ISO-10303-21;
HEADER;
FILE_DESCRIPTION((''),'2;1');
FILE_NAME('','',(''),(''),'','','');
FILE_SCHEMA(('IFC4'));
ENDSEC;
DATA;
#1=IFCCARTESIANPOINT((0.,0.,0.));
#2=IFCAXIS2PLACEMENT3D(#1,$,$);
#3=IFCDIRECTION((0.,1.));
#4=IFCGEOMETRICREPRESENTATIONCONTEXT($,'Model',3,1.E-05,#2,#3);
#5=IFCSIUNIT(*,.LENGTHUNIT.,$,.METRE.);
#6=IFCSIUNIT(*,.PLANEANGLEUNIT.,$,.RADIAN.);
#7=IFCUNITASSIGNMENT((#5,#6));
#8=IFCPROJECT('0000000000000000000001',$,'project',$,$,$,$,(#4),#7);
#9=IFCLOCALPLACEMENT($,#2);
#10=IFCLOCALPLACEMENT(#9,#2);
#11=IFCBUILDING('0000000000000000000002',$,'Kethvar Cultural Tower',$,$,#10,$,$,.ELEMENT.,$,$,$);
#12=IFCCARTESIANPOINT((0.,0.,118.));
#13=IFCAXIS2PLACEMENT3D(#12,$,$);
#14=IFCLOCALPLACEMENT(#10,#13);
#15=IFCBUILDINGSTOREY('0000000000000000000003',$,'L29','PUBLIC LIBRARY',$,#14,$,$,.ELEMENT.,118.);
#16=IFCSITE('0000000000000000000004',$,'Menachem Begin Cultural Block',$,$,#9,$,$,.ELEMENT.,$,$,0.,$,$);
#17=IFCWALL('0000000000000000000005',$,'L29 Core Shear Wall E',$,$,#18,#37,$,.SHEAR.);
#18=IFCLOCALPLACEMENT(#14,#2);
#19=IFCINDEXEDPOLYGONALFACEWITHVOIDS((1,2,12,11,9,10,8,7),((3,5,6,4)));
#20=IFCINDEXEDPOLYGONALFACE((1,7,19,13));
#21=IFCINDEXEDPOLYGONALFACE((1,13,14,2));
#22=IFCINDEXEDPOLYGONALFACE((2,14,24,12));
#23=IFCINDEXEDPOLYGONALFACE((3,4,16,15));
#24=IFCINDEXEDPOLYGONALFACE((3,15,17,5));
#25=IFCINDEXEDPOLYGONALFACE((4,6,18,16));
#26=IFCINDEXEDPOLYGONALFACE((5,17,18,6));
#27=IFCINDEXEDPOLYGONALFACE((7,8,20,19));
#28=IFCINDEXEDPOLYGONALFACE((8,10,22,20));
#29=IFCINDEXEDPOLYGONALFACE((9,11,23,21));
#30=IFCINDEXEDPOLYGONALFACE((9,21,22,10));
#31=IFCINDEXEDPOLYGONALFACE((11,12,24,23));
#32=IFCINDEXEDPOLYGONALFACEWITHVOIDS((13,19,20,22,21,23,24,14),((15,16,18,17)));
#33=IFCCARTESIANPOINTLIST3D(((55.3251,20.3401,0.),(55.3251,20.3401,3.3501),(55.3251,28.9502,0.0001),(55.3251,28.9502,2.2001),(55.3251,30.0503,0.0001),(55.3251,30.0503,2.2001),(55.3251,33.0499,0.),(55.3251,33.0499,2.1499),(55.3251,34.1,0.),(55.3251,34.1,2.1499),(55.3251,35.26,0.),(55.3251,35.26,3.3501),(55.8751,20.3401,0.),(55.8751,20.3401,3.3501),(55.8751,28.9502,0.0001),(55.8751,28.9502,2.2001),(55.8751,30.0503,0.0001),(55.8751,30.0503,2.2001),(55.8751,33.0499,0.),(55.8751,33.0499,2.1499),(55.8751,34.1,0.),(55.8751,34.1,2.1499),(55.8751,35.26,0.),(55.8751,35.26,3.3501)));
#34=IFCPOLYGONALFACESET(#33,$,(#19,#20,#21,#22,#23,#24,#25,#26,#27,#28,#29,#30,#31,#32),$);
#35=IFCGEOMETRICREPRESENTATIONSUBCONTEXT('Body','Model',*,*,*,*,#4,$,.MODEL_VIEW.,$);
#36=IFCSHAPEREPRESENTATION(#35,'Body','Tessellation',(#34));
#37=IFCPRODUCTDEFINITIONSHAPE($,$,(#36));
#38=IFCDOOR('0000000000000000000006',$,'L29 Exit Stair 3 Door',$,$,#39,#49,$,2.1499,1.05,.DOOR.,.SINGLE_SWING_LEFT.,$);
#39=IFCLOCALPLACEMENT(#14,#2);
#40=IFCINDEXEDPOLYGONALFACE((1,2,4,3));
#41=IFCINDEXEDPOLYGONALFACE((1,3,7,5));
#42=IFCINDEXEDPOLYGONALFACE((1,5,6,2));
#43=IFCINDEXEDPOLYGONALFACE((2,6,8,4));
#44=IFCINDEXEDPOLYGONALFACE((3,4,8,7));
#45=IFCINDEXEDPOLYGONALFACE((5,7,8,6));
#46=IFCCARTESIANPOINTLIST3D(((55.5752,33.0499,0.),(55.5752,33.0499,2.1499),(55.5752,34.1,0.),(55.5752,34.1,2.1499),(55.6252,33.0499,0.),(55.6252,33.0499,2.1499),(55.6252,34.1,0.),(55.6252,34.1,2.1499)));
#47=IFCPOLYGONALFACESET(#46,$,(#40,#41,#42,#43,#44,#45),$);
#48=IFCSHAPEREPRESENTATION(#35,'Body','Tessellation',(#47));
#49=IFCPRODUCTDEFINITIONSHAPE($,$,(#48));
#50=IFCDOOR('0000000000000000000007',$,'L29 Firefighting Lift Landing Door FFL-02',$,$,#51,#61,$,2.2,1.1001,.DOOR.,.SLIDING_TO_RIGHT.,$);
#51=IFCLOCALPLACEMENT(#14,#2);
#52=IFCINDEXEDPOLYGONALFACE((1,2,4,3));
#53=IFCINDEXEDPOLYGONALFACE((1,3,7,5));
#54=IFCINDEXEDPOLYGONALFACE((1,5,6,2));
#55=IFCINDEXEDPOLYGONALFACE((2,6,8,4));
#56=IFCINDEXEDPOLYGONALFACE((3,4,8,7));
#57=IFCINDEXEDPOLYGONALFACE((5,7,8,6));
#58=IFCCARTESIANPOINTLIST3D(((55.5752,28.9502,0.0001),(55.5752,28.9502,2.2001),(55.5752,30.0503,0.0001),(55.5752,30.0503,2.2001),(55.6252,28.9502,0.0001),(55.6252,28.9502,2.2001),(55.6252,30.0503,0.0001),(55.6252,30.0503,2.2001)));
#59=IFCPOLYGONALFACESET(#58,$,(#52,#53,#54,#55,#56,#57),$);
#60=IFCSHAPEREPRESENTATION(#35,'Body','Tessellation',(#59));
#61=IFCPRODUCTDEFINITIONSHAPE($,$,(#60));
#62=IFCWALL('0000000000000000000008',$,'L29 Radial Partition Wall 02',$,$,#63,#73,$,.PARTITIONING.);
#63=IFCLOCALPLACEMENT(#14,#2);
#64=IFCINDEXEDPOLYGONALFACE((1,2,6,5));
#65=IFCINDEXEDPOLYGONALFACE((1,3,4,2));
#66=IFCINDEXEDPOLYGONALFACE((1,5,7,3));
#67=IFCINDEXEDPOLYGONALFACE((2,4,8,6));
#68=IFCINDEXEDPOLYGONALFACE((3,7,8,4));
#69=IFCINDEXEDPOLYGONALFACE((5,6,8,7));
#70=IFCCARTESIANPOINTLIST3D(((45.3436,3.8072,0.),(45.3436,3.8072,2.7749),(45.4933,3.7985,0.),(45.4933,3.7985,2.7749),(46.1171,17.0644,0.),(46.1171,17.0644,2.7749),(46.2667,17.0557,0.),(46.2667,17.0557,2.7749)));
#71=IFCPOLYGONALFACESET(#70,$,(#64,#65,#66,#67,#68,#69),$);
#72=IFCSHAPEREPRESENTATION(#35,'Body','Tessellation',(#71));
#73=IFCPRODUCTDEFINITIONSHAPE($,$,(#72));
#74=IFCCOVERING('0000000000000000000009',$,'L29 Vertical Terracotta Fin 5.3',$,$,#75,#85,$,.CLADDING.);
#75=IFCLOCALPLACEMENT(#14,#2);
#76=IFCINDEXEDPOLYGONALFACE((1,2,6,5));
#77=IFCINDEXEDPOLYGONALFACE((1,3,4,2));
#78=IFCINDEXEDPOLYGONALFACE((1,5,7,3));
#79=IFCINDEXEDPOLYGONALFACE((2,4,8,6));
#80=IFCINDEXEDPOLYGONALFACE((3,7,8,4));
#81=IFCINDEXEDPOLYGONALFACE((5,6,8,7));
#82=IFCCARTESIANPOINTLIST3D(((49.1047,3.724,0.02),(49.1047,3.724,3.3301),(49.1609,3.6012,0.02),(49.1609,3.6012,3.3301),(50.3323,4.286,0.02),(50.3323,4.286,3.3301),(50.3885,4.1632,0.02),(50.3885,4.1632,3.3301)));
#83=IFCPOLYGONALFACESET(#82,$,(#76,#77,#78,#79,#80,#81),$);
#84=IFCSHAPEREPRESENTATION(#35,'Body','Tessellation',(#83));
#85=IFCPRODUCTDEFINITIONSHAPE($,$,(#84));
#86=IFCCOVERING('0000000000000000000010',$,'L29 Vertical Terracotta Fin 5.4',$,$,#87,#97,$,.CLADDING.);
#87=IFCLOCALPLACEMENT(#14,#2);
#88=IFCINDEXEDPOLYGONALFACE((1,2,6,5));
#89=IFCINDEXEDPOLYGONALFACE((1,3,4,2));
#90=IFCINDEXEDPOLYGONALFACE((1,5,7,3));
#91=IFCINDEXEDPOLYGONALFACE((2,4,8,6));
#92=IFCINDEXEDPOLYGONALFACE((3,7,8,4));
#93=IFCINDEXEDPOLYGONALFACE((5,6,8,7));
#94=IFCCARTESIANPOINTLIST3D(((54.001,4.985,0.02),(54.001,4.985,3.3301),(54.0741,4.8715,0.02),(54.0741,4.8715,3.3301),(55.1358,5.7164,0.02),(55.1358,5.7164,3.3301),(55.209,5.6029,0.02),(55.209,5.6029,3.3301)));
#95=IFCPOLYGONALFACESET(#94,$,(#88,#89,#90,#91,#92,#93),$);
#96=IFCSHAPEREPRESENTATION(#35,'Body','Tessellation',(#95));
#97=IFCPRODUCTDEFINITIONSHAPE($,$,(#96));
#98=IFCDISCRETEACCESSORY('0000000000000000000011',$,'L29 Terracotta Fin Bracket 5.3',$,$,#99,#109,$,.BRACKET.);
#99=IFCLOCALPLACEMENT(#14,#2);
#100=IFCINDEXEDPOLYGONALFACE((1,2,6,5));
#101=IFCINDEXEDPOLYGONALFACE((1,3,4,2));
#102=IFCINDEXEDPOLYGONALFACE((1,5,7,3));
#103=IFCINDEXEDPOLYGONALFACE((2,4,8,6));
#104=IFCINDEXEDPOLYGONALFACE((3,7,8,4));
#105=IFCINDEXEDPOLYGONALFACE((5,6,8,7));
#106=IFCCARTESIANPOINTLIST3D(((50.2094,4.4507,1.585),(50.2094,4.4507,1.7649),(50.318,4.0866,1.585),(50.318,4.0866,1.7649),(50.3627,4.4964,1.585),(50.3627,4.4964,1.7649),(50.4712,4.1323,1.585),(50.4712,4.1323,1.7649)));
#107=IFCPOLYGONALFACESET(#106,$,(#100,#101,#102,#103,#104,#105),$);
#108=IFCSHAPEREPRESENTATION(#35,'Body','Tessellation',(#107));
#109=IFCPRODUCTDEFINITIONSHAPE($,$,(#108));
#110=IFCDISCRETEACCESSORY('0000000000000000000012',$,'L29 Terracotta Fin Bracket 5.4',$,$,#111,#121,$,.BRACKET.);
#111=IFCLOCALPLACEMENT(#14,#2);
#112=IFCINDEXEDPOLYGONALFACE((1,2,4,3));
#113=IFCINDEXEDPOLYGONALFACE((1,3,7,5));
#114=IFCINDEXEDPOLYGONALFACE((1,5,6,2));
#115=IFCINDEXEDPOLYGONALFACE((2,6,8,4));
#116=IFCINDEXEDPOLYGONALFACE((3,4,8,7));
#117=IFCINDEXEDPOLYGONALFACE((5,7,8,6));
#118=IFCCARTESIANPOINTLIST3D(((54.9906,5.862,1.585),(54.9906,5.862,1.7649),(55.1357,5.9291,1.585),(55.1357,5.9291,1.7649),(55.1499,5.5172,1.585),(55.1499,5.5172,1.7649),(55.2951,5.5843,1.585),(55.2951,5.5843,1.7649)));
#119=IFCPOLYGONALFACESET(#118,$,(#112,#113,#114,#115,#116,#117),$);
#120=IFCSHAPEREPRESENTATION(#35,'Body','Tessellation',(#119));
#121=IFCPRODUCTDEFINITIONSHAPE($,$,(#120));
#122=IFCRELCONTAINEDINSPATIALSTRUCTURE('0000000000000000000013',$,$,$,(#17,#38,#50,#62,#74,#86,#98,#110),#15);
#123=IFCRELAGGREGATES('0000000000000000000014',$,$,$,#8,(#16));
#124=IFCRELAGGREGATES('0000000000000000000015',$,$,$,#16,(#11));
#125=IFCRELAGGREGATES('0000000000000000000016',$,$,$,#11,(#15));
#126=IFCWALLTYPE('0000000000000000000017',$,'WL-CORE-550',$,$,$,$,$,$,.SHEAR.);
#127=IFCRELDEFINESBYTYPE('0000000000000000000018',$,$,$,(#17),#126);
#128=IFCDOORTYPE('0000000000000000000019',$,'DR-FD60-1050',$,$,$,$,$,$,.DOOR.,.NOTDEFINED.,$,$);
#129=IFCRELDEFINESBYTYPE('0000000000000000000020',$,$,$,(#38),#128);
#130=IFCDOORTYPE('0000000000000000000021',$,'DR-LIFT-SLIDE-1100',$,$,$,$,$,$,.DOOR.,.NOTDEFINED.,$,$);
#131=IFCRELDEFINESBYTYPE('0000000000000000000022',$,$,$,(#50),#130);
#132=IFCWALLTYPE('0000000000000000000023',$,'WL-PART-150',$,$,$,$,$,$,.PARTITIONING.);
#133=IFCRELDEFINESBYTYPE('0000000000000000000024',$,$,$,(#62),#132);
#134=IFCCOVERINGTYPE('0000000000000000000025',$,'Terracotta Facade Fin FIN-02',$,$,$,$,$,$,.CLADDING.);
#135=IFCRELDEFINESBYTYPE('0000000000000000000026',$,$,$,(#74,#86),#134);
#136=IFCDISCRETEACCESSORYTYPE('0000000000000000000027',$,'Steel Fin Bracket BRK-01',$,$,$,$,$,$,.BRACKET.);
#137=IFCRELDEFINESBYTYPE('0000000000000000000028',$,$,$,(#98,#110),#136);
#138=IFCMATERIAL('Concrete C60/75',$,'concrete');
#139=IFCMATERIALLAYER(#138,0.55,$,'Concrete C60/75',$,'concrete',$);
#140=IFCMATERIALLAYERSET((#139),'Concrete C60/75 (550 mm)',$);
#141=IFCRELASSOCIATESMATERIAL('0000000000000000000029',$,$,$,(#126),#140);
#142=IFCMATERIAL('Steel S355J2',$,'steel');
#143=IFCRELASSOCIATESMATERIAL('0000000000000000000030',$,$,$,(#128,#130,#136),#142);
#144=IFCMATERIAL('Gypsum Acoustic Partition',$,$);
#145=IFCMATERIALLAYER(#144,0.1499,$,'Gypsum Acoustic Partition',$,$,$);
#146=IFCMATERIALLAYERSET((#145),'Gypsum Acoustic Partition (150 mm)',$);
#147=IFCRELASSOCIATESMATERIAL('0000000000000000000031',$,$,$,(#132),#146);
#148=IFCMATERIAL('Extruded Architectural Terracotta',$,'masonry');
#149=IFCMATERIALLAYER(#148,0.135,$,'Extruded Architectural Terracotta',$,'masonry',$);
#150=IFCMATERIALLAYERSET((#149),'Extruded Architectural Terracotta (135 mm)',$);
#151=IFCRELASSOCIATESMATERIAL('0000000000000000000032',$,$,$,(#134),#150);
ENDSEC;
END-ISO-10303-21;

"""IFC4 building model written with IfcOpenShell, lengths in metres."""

from ifc_helpers import new_model, si_unit, direction, frame, frame_2d, origin, origin_2d, place, context, subcontext, project, spatial, rectangle, extrude, source, transform, mapped, material, layer, layer_set, type_object, element, fill, save


model = new_model("IFC4")

# Units and contexts
model_context = context("Model", 3, precision=1e-05, world=origin(), true_north=direction((0.0, 1.0)))
body_context = subcontext(model_context, "Body", "Model", "MODEL_VIEW")
ifc_project = project(units=[si_unit("LENGTHUNIT", "METRE"), si_unit("PLANEANGLEUNIT", "RADIAN")], contexts=[model_context])

# Site, building, storey
site_placement = place(None, origin())
site = spatial("IfcSite", under=ifc_project, at=site_placement, Name="Menachem Begin Cultural Block", CompositionType="ELEMENT", RefElevation=0.0)
building_placement = place(site_placement, origin())
building = spatial("IfcBuilding", under=site, at=building_placement, Name="Kethvar Cultural Tower", CompositionType="ELEMENT")
storey_placement = place(building_placement, frame((0.0, 0.0, 118.0)))
storey = spatial("IfcBuildingStorey", under=building, at=storey_placement, Name="L29", Description="PUBLIC LIBRARY", CompositionType="ELEMENT", Elevation=118.0)

# Shared definitions
ifc_material_1 = material(Name="Steel S355J2", Category="steel")

# Wall, openings, doors
ifc_material_2 = material(Name="Concrete C60/75", Category="concrete")
ifc_layer_1 = layer(ifc_material_2, 0.55, Name="Concrete C60/75", Category="concrete")
ifc_layer_set_1 = layer_set([ifc_layer_1], Name="Concrete C60/75 (550 mm)")
wall_type_1 = type_object("IfcWallType", Name="WL-CORE-550", PredefinedType="SHEAR", material=ifc_layer_set_1)
wall_1_placement = place(storey_placement, frame((55.6001, 20.3401, 0.0), z_axis=(0.0, 0.0, 1.0), x_axis=(0.0, 1.0, 0.0)))
wall_1 = element("IfcWall", 1, at=wall_1_placement, inside=storey, type_object=wall_type_1, Name="L29 Core Shear Wall E", PredefinedType="SHEAR", context=body_context, shape_type="SweptSolid", body=[
    extrude(rectangle(XDim=14.9199, YDim=0.55, at=frame_2d((7.46, 0.0))), origin(), (0.0, 0.0, 1.0), 3.3501),
])
opening_1_placement = place(wall_1_placement, frame((12.71, 0.0, 0.0)))
opening_1 = element("IfcOpeningElement", 2, at=opening_1_placement, cuts=wall_1, PredefinedType="OPENING", context=body_context, shape_type="SweptSolid", body=[
    extrude(rectangle(XDim=1.05, YDim=2.1499, at=frame_2d((0.5249, 1.075))), frame((0.0, 0.2849, 0.0), z_axis=(0.0, -1.0, 0.0), x_axis=(1.0, 0.0, 0.0)), (0.0, 0.0, 1.0), 0.5701),
])
opening_2_placement = place(wall_1_placement, frame((8.6101, 0.0, 0.0)))
opening_2 = element("IfcOpeningElement", 3, at=opening_2_placement, cuts=wall_1, PredefinedType="OPENING", context=body_context, shape_type="SweptSolid", body=[
    extrude(rectangle(XDim=1.1001, YDim=2.2, at=frame_2d((0.55, 1.1001))), frame((0.0, 0.2849, 0.0), z_axis=(0.0, -1.0, 0.0), x_axis=(1.0, 0.0, 0.0)), (0.0, 0.0, 1.0), 0.5701),
])
door_type_1 = type_object("IfcDoorType", Name="DR-FD60-1050", OperationType="NOTDEFINED", PredefinedType="DOOR", material=ifc_material_1)
shared_shape_1 = source(origin(), body_context, "Body", "SweptSolid", [
    extrude(rectangle(XDim=1.05, YDim=2.1499, at=frame_2d((0.5249, 1.075))), frame((0.0, 0.0249, 0.0), z_axis=(0.0, -1.0, 0.0), x_axis=(1.0, 0.0, 0.0)), (0.0, 0.0, 1.0), 0.05),
])
door_1_placement = place(opening_1_placement, origin())
door_1 = element("IfcDoor", 4, at=door_1_placement, inside=storey, type_object=door_type_1, Name="L29 Exit Stair 3 Door", OperationType="SINGLE_SWING_LEFT", OverallHeight=2.1499, OverallWidth=1.05, PredefinedType="DOOR", context=body_context, shape_type="MappedRepresentation", body=[
    mapped(shared_shape_1, transform((0.0, 0.0, 0.0), scale=1.0)),
])
fill(opening_1, door_1)
door_type_2 = type_object("IfcDoorType", Name="DR-LIFT-SLIDE-1100", OperationType="NOTDEFINED", PredefinedType="DOOR", material=ifc_material_1)
shared_shape_2 = source(origin(), body_context, "Body", "SweptSolid", [
    extrude(rectangle(XDim=1.1001, YDim=2.2, at=frame_2d((0.55, 1.1001))), frame((0.0, 0.0249, 0.0), z_axis=(0.0, -1.0, 0.0), x_axis=(1.0, 0.0, 0.0)), (0.0, 0.0, 1.0), 0.05),
])
door_2_placement = place(opening_2_placement, origin())
door_2 = element("IfcDoor", 5, at=door_2_placement, inside=storey, type_object=door_type_2, Name="L29 Firefighting Lift Landing Door FFL-02", OperationType="SLIDING_TO_RIGHT", OverallHeight=2.2, OverallWidth=1.1001, PredefinedType="DOOR", context=body_context, shape_type="MappedRepresentation", body=[
    mapped(shared_shape_2, transform((0.0, 0.0, 0.0), scale=1.0)),
])
fill(opening_2, door_2)

# Wall
ifc_material_3 = material(Name="Gypsum Acoustic Partition")
ifc_layer_2 = layer(ifc_material_3, 0.1499, Name="Gypsum Acoustic Partition")
ifc_layer_set_2 = layer_set([ifc_layer_2], Name="Gypsum Acoustic Partition (150 mm)")
wall_type_2 = type_object("IfcWallType", Name="WL-PART-150", PredefinedType="PARTITIONING", material=ifc_layer_set_2)
wall_2_placement = place(storey_placement, frame((46.1919, 17.0601, 0.0), z_axis=(0.0, 0.0, 1.0), x_axis=(-0.058241, -0.998303, 0.0)))
element("IfcWall", 6, at=wall_2_placement, inside=storey, type_object=wall_type_2, Name="L29 Radial Partition Wall 02", PredefinedType="PARTITIONING", context=body_context, shape_type="SweptSolid", body=[
    extrude(rectangle(XDim=13.2798, YDim=0.1499, at=frame_2d((6.6399, 0.0))), origin(), (0.0, 0.0, 1.0), 2.7749),
])

# Coverings
ifc_material_4 = material(Name="Extruded Architectural Terracotta", Category="masonry")
ifc_layer_3 = layer(ifc_material_4, 0.135, Name="Extruded Architectural Terracotta", Category="masonry")
ifc_layer_set_3 = layer_set([ifc_layer_3], Name="Extruded Architectural Terracotta (135 mm)")
covering_type = type_object("IfcCoveringType", Name="Terracotta Facade Fin FIN-02", PredefinedType="CLADDING", material=ifc_layer_set_3)
shared_shape_3 = source(origin(), body_context, "Body", "SweptSolid", [
    extrude(rectangle(XDim=1.3501, YDim=0.135, at=origin_2d()), origin(), (0.0, 0.0, 1.0), 3.3101),
])
for number, where, z_axis, x_axis, name in (
    (7, (49.7466, 3.9436, 0.02), (0.0, 0.0, 1.0), (-0.909236, -0.416281, 0.0), "L29 Vertical Terracotta Fin 5.3"),
    (8, (54.605, 5.2939, 0.02), (0.0, 0.0, 1.0), (-0.840567, -0.541708, 0.0), "L29 Vertical Terracotta Fin 5.4"),
):
    element("IfcCovering", number, at=place(storey_placement, frame(where, z_axis=z_axis, x_axis=x_axis)), inside=storey, type_object=covering_type, Name=name, PredefinedType="CLADDING", context=body_context, shape_type="MappedRepresentation", body=[
        mapped(shared_shape_3, transform((0.0, 0.0, 0.0), scale=1.0)),
    ])

# Discrete accessories
discrete_accessory_type = type_object("IfcDiscreteAccessoryType", Name="Steel Fin Bracket BRK-01", PredefinedType="BRACKET", material=ifc_material_1)
shared_shape_4 = source(origin(), body_context, "Body", "SweptSolid", [
    extrude(rectangle(XDim=0.3799, YDim=0.1599, at=origin_2d()), origin(), (0.0, 0.0, 1.0), 0.1799),
])
for number, where, z_axis, x_axis, name in (
    (9, (50.3403, 4.2915, 1.585), (0.0, 0.0, 1.0), (0.285688, -0.958323, 0.0), "L29 Terracotta Fin Bracket 5.3"),
    (10, (55.1428, 5.7231, 1.585), (0.0, 0.0, 1.0), (0.419452, -0.907777, 0.0), "L29 Terracotta Fin Bracket 5.4"),
):
    element("IfcDiscreteAccessory", number, at=place(storey_placement, frame(where, z_axis=z_axis, x_axis=x_axis)), inside=storey, type_object=discrete_accessory_type, Name=name, PredefinedType="BRACKET", context=body_context, shape_type="MappedRepresentation", body=[
        mapped(shared_shape_4, transform((0.0, 0.0, 0.0), scale=1.0)),
    ])

save(model, "model.ifc")
